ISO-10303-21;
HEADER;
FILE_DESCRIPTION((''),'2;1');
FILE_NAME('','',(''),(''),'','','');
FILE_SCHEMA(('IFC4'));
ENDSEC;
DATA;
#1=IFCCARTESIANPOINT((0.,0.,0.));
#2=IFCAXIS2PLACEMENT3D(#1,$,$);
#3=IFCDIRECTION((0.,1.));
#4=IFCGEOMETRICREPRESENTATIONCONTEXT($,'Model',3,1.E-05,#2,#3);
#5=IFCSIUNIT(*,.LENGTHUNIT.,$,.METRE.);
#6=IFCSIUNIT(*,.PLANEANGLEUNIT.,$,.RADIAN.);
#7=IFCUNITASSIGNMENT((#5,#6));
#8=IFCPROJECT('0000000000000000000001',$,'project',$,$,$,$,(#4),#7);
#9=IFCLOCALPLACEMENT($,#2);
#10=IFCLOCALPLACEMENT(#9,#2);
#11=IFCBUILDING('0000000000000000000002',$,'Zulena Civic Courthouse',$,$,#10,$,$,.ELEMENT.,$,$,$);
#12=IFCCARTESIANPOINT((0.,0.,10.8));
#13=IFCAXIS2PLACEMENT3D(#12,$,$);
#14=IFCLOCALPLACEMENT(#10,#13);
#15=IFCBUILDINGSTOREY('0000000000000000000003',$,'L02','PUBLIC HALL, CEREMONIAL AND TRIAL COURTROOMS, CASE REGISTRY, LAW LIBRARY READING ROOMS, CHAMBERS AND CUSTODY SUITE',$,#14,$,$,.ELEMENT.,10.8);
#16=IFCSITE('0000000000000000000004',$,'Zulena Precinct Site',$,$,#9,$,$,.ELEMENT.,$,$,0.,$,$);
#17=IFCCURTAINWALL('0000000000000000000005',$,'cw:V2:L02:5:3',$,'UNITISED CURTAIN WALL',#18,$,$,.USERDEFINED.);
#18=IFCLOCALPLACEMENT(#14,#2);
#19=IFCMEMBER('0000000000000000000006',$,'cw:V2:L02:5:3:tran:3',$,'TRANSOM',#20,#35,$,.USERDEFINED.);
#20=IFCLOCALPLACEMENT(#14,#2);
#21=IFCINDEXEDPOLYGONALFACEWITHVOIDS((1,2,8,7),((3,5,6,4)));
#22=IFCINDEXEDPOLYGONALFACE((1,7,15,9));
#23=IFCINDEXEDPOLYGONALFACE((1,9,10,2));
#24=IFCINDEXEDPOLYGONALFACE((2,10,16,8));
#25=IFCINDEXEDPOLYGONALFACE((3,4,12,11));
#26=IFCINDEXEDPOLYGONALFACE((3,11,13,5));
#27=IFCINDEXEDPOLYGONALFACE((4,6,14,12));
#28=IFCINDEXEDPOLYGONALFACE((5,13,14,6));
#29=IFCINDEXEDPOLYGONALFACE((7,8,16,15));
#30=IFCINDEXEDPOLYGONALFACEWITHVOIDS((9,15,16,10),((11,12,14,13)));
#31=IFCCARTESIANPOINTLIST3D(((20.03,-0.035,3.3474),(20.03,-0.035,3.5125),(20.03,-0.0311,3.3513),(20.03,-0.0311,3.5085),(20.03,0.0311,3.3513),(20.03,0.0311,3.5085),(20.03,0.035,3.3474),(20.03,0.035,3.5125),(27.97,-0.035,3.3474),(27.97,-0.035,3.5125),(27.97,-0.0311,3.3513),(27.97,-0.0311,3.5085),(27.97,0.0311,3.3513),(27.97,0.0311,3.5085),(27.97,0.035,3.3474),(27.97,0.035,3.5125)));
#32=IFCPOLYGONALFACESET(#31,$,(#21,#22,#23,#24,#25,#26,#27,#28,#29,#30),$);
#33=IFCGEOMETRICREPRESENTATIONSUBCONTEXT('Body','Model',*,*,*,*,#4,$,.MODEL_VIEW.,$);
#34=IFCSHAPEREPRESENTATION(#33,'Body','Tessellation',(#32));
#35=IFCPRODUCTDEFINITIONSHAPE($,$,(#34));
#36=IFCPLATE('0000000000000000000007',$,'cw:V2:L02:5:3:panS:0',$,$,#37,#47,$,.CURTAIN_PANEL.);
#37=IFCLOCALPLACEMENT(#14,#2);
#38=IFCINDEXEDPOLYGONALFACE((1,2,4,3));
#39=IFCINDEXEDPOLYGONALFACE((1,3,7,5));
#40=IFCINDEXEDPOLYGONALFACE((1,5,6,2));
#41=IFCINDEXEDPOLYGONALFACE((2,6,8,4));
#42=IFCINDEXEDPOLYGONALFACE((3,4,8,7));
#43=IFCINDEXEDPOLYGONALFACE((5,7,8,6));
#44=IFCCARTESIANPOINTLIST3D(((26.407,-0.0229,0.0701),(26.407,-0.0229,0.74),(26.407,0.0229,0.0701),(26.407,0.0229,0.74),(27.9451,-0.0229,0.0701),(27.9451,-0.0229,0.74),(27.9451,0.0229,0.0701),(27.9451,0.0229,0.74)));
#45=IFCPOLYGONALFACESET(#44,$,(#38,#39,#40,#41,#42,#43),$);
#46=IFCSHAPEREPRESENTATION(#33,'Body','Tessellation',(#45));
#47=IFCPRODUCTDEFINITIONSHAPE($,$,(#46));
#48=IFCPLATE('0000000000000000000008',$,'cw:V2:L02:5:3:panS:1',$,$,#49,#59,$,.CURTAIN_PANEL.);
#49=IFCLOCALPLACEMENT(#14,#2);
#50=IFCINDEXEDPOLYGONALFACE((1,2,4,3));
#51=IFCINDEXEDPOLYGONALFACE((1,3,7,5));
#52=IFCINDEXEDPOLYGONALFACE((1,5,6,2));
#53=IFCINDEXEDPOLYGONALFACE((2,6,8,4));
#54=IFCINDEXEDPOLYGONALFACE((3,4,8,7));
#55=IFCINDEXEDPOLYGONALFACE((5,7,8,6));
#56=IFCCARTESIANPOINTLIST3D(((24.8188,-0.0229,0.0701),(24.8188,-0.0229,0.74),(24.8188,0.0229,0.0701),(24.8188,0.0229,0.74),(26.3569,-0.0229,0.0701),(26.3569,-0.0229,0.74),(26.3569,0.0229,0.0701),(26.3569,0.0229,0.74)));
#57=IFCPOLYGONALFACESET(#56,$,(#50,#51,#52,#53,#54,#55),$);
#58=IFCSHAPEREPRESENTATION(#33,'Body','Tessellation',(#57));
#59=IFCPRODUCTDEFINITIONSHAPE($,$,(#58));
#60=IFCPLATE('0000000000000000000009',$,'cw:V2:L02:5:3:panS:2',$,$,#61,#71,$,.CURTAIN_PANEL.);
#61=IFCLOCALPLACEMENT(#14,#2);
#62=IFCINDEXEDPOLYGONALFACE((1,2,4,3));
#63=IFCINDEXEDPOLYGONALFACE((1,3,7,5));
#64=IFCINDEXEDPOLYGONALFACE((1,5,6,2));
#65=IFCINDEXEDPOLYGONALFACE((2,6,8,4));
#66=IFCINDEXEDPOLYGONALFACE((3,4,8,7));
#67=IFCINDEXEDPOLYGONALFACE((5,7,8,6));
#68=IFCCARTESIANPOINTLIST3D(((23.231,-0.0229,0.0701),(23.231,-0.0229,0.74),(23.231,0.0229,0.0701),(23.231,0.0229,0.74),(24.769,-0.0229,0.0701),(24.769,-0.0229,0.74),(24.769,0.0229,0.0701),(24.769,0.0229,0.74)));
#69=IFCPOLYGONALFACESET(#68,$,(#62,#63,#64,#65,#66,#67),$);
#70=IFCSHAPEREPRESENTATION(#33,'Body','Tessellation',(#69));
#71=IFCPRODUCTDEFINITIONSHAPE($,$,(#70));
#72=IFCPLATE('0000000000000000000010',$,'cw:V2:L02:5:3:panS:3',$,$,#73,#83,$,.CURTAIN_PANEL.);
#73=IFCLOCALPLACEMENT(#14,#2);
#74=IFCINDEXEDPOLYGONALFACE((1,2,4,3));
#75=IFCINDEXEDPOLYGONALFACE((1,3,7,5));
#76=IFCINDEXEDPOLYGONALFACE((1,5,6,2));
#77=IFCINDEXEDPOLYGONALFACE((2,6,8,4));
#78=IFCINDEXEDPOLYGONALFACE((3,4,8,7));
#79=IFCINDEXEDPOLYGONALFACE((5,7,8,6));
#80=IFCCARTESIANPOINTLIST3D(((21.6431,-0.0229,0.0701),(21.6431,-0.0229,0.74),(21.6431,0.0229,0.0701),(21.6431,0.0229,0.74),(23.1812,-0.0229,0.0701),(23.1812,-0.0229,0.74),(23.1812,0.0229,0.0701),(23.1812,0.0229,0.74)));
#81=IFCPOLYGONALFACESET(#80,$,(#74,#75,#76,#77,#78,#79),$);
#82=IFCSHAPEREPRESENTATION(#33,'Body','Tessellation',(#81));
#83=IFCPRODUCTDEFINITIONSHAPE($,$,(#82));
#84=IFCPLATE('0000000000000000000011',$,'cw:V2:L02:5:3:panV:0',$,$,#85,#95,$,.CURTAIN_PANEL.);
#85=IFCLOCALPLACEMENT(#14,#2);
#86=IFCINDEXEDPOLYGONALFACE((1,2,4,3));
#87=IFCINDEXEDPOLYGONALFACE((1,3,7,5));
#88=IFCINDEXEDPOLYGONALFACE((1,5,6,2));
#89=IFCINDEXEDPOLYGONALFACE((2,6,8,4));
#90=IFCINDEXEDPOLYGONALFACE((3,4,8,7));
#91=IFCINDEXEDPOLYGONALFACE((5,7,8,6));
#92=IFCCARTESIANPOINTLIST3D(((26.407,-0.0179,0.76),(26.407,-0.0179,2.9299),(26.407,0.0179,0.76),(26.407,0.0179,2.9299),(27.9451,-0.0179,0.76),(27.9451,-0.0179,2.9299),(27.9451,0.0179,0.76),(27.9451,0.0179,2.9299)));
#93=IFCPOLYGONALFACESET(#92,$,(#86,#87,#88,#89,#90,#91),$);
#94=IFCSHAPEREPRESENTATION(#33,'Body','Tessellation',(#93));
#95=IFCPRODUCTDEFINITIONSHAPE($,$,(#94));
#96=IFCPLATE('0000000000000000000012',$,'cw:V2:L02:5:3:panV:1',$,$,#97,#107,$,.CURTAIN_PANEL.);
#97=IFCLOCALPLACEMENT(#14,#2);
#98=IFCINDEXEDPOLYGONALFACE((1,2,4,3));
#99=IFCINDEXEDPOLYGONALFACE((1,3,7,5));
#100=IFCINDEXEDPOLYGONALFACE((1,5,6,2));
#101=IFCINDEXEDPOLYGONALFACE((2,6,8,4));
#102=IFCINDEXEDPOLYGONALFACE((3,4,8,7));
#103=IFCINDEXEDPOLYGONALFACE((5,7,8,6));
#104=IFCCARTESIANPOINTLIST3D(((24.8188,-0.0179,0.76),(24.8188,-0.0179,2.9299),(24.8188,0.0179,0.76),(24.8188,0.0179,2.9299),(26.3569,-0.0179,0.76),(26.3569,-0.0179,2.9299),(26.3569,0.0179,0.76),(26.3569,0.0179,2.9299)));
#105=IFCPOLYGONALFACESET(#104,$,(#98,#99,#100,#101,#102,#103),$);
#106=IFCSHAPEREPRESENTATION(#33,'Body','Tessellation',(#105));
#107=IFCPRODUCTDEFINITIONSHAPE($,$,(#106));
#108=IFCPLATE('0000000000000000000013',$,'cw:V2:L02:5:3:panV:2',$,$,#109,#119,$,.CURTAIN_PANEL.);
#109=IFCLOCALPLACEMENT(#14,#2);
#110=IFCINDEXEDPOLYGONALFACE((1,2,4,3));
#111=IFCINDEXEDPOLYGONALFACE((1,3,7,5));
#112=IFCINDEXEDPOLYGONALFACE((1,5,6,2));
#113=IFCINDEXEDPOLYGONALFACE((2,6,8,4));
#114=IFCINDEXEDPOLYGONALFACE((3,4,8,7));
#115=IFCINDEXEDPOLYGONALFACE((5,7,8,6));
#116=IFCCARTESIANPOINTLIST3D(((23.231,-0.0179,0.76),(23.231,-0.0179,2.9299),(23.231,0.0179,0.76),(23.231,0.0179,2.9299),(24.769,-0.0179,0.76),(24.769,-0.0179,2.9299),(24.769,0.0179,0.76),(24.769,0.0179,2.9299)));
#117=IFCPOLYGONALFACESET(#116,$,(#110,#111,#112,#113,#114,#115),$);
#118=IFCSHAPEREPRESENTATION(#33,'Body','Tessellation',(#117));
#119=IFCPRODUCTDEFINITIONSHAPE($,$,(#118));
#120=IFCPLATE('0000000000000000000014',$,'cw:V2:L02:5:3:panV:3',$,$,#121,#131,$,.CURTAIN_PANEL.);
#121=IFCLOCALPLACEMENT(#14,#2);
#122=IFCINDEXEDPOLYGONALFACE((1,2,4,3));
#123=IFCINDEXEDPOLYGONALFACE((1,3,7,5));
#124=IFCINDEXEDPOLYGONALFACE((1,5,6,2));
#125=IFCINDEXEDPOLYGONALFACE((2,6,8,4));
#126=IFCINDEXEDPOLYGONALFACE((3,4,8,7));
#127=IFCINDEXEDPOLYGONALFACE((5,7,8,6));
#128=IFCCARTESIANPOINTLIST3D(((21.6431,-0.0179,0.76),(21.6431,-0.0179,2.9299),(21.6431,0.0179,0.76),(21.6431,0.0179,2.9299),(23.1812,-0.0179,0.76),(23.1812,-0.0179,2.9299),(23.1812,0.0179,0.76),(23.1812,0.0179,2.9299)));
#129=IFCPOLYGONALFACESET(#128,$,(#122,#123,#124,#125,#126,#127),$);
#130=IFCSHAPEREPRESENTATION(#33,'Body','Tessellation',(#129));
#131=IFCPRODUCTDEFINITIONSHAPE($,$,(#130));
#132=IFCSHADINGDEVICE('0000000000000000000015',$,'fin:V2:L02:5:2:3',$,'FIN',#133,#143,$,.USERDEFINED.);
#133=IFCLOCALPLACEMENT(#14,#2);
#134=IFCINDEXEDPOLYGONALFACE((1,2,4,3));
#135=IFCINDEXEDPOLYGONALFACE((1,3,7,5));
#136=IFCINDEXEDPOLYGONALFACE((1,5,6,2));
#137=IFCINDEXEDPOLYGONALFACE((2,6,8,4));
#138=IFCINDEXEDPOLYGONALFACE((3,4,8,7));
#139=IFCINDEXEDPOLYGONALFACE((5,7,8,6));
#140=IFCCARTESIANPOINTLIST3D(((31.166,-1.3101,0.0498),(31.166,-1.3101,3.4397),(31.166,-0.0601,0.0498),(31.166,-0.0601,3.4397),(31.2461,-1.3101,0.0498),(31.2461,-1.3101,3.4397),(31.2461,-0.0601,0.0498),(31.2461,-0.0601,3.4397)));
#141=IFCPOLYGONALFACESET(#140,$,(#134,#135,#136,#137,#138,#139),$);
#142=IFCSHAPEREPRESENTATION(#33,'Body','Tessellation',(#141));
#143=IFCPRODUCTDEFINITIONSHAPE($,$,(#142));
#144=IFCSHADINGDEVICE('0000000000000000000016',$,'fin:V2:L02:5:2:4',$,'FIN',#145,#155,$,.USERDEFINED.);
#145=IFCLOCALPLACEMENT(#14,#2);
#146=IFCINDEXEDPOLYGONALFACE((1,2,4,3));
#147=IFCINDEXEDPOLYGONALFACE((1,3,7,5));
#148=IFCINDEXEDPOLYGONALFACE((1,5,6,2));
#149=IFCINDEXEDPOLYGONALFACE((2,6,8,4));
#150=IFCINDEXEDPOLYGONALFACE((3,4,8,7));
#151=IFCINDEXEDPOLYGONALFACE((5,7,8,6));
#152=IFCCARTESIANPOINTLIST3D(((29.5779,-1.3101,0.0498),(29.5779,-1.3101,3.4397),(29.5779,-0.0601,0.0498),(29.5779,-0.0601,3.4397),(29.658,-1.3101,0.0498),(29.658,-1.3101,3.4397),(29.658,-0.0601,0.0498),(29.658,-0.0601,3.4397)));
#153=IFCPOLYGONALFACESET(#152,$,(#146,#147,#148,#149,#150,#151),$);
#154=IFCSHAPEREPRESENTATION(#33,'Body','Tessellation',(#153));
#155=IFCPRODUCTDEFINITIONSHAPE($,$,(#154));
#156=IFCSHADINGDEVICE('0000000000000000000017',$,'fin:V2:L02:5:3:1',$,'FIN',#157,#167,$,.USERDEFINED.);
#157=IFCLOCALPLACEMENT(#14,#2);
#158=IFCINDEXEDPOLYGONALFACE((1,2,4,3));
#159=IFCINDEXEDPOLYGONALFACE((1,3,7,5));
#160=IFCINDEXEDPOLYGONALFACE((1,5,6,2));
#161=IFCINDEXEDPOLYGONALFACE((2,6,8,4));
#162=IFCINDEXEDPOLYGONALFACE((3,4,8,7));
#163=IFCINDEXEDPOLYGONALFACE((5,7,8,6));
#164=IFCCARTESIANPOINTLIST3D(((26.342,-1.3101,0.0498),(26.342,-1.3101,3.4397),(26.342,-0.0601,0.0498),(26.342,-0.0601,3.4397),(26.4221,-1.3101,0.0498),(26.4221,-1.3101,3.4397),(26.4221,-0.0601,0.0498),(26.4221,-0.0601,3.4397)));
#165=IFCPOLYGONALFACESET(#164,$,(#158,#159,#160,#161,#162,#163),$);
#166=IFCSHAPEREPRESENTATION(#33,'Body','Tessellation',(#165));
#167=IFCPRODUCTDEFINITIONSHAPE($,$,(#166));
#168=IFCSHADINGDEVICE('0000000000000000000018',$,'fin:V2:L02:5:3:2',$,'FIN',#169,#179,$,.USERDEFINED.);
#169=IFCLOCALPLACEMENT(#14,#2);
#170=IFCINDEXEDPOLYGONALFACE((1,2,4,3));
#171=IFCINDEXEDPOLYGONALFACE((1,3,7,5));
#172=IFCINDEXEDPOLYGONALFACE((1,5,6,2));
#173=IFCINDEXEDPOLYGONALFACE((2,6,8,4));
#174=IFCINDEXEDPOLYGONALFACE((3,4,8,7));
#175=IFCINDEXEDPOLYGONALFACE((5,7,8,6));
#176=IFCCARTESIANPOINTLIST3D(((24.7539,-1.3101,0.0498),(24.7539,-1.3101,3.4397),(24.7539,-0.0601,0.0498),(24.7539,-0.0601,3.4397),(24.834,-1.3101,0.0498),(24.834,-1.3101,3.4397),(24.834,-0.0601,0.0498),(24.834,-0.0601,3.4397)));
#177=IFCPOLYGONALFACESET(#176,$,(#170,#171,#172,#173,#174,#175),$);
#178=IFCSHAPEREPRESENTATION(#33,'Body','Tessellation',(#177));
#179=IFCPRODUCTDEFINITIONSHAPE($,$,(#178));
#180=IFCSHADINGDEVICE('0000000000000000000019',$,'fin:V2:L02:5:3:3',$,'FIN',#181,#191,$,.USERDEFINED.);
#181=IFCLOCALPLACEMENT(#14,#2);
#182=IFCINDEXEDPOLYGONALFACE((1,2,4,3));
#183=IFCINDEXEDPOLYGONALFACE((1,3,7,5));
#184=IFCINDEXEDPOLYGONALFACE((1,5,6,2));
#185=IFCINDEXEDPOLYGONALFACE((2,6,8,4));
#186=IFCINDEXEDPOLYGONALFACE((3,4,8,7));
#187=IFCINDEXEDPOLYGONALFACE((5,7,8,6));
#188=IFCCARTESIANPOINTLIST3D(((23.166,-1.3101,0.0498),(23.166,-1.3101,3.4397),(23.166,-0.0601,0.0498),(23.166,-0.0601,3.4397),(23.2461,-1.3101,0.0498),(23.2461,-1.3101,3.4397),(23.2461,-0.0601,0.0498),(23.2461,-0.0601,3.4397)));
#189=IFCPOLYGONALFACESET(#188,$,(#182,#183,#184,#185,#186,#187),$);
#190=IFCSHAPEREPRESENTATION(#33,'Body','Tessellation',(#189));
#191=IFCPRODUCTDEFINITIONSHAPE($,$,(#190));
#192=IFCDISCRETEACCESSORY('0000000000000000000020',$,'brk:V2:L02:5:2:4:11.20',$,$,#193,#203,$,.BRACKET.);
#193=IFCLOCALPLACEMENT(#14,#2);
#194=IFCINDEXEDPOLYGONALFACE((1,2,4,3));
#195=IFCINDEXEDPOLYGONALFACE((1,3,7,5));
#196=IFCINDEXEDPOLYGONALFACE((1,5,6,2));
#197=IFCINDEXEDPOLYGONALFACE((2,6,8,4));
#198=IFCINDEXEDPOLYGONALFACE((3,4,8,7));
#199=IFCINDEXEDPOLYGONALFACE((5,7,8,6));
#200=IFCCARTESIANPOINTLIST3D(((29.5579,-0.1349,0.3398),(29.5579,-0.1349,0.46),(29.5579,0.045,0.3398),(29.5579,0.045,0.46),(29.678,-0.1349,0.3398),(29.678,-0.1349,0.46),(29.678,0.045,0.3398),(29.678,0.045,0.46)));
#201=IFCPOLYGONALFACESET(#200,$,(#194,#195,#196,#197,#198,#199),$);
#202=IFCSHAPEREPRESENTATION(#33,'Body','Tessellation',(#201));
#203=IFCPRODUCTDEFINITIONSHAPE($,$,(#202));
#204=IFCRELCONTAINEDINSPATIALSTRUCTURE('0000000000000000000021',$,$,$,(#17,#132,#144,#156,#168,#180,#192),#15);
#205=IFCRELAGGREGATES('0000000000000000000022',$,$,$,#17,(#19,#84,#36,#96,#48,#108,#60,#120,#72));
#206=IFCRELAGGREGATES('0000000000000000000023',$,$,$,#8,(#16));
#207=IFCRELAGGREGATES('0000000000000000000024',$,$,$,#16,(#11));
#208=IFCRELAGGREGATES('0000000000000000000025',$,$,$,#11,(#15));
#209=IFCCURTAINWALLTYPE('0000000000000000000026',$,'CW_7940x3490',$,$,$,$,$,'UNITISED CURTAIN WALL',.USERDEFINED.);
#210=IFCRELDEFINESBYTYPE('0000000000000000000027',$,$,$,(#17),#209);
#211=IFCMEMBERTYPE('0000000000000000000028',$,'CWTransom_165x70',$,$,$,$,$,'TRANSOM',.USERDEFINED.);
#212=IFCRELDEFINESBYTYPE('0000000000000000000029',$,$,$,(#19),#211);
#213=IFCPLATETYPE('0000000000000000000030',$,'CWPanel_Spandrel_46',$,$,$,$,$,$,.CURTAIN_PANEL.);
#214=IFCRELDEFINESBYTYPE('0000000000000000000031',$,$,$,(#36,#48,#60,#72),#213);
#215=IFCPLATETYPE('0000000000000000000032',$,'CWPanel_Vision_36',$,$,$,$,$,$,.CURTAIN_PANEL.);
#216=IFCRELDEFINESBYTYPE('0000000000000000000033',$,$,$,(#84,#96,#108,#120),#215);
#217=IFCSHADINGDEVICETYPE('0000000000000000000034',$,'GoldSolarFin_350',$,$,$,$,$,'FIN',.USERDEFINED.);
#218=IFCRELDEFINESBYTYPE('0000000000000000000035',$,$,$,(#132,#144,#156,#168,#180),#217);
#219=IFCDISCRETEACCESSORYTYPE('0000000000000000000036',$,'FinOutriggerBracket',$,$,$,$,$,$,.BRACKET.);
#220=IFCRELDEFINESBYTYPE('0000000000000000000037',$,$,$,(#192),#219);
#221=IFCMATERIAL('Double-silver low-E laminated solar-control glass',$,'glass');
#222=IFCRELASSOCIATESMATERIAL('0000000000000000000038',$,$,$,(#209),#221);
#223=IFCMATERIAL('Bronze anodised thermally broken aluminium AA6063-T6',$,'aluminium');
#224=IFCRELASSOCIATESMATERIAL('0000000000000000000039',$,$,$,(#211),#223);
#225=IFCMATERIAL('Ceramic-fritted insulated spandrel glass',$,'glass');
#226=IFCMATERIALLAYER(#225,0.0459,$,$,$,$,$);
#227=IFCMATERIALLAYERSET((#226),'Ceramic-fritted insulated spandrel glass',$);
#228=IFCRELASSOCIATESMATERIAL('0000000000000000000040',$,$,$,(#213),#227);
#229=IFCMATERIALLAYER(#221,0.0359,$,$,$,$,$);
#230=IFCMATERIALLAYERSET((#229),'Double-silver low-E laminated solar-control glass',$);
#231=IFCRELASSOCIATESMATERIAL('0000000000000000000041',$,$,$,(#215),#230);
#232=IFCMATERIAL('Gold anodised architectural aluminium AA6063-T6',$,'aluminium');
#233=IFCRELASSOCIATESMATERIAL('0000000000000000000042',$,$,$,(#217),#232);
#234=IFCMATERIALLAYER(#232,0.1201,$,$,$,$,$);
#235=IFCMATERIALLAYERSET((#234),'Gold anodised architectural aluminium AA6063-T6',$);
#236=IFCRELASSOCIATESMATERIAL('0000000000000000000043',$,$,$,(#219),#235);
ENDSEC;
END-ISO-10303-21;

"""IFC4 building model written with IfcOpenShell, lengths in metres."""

from ifc_helpers import new_model, si_unit, direction, frame, origin, origin_2d, place, context, subcontext, project, spatial, rectangle, hollow_rectangle, extrude, material, layer, layer_set, material_profile, profile_set, type_object, element, aggregate, save


model = new_model("IFC4")

# Units and contexts
model_context = context("Model", 3, precision=1e-05, world=origin(), true_north=direction((0.0, 1.0)))
body_context = subcontext(model_context, "Body", "Model", "MODEL_VIEW")
ifc_project = project(units=[si_unit("LENGTHUNIT", "METRE"), si_unit("PLANEANGLEUNIT", "RADIAN")], contexts=[model_context])

# Site, building, storey
site_placement = place(None, origin())
site = spatial("IfcSite", under=ifc_project, at=site_placement, Name="Zulena Precinct Site", CompositionType="ELEMENT", RefElevation=0.0)
building_placement = place(site_placement, origin())
building = spatial("IfcBuilding", under=site, at=building_placement, Name="Zulena Civic Courthouse", CompositionType="ELEMENT")
storey_placement = place(building_placement, frame((0.0, 0.0, 10.8)))
storey = spatial("IfcBuildingStorey", under=building, at=storey_placement, Name="L02", Description="PUBLIC HALL, CEREMONIAL AND TRIAL COURTROOMS, CASE REGISTRY, LAW LIBRARY READING ROOMS, CHAMBERS AND CUSTODY SUITE", CompositionType="ELEMENT", Elevation=10.8)

# Curtain wall, member, plates
ifc_material_1 = material(Name="Double-silver low-E laminated solar-control glass", Category="glass")
curtain_wall_type = type_object("IfcCurtainWallType", Name="CW_7940x3490", ElementType="UNITISED CURTAIN WALL", PredefinedType="USERDEFINED", material=ifc_material_1)
curtain_wall_placement = place(storey_placement, origin())
curtain_wall = element("IfcCurtainWall", 1, at=curtain_wall_placement, inside=storey, type_object=curtain_wall_type, Name="cw:V2:L02:5:3", ObjectType="UNITISED CURTAIN WALL", PredefinedType="USERDEFINED")
ifc_material_2 = material(Name="Bronze anodised thermally broken aluminium AA6063-T6", Category="aluminium")
ifc_material_profile_1 = material_profile(ifc_material_2, hollow_rectangle(XDim=0.0701, YDim=0.165, WallThickness=0.0039, at=origin_2d()), Name="CWT165X70X4")
ifc_profile_set_1 = profile_set([ifc_material_profile_1], Name="Bronze anodised thermally broken aluminium AA6063-T6")
member_type_1 = type_object("IfcMemberType", Name="CWTransom_165x70", ElementType="TRANSOM", PredefinedType="USERDEFINED", material=ifc_profile_set_1)
member_1_placement = place(storey_placement, frame((27.97, 0.0, 3.4299), z_axis=(-1.0, 0.0, 0.0), x_axis=(0.0, -1.0, 0.0)))
member_1 = element("IfcMember", 2, at=member_1_placement, type_object=member_type_1, Name="cw:V2:L02:5:3:tran:3", ObjectType="TRANSOM", PredefinedType="USERDEFINED", context=body_context, shape_type="SweptSolid", body=[
    extrude(hollow_rectangle(XDim=0.0701, YDim=0.165, WallThickness=0.0039, at=origin_2d()), origin(), (0.0, 0.0, 1.0), 7.9399),
])
ifc_material_3 = material(Name="Ceramic-fritted insulated spandrel glass", Category="glass")
ifc_layer_1 = layer(ifc_material_3, 0.0459)
ifc_layer_set_1 = layer_set([ifc_layer_1], Name="Ceramic-fritted insulated spandrel glass")
plate_type_1 = type_object("IfcPlateType", Name="CWPanel_Spandrel_46", PredefinedType="CURTAIN_PANEL", material=ifc_layer_set_1)
plate_1_placement = place(storey_placement, frame((27.176, 0.0, 0.0701), z_axis=(0.0, 0.0, 1.0), x_axis=(-1.0, 0.0, 0.0)))
plate_1 = element("IfcPlate", 3, at=plate_1_placement, type_object=plate_type_1, Name="cw:V2:L02:5:3:panS:0", PredefinedType="CURTAIN_PANEL", context=body_context, shape_type="SweptSolid", body=[
    extrude(rectangle(XDim=1.5381, YDim=0.0459, at=origin_2d()), origin(), (0.0, 0.0, 1.0), 0.6699),
])
plate_2_placement = place(storey_placement, frame((25.5879, 0.0, 0.0701), z_axis=(0.0, 0.0, 1.0), x_axis=(-1.0, 0.0, 0.0)))
plate_2 = element("IfcPlate", 4, at=plate_2_placement, type_object=plate_type_1, Name="cw:V2:L02:5:3:panS:1", PredefinedType="CURTAIN_PANEL", context=body_context, shape_type="SweptSolid", body=[
    extrude(rectangle(XDim=1.5381, YDim=0.0459, at=origin_2d()), origin(), (0.0, 0.0, 1.0), 0.6699),
])
plate_3_placement = place(storey_placement, frame((24.0, 0.0, 0.0701), z_axis=(0.0, 0.0, 1.0), x_axis=(-1.0, 0.0, 0.0)))
plate_3 = element("IfcPlate", 5, at=plate_3_placement, type_object=plate_type_1, Name="cw:V2:L02:5:3:panS:2", PredefinedType="CURTAIN_PANEL", context=body_context, shape_type="SweptSolid", body=[
    extrude(rectangle(XDim=1.5381, YDim=0.0459, at=origin_2d()), origin(), (0.0, 0.0, 1.0), 0.6699),
])
plate_4_placement = place(storey_placement, frame((22.4121, 0.0, 0.0701), z_axis=(0.0, 0.0, 1.0), x_axis=(-1.0, 0.0, 0.0)))
plate_4 = element("IfcPlate", 6, at=plate_4_placement, type_object=plate_type_1, Name="cw:V2:L02:5:3:panS:3", PredefinedType="CURTAIN_PANEL", context=body_context, shape_type="SweptSolid", body=[
    extrude(rectangle(XDim=1.5381, YDim=0.0459, at=origin_2d()), origin(), (0.0, 0.0, 1.0), 0.6699),
])
ifc_layer_2 = layer(ifc_material_1, 0.0359)
ifc_layer_set_2 = layer_set([ifc_layer_2], Name="Double-silver low-E laminated solar-control glass")
plate_type_2 = type_object("IfcPlateType", Name="CWPanel_Vision_36", PredefinedType="CURTAIN_PANEL", material=ifc_layer_set_2)
plate_5_placement = place(storey_placement, frame((27.176, 0.0, 0.76), z_axis=(0.0, 0.0, 1.0), x_axis=(-1.0, 0.0, 0.0)))
plate_5 = element("IfcPlate", 7, at=plate_5_placement, type_object=plate_type_2, Name="cw:V2:L02:5:3:panV:0", PredefinedType="CURTAIN_PANEL", context=body_context, shape_type="SweptSolid", body=[
    extrude(rectangle(XDim=1.5381, YDim=0.0359, at=origin_2d()), origin(), (0.0, 0.0, 1.0), 2.1699),
])
plate_6_placement = place(storey_placement, frame((25.5879, 0.0, 0.76), z_axis=(0.0, 0.0, 1.0), x_axis=(-1.0, 0.0, 0.0)))
plate_6 = element("IfcPlate", 8, at=plate_6_placement, type_object=plate_type_2, Name="cw:V2:L02:5:3:panV:1", PredefinedType="CURTAIN_PANEL", context=body_context, shape_type="SweptSolid", body=[
    extrude(rectangle(XDim=1.5381, YDim=0.0359, at=origin_2d()), origin(), (0.0, 0.0, 1.0), 2.1699),
])
plate_7_placement = place(storey_placement, frame((24.0, 0.0, 0.76), z_axis=(0.0, 0.0, 1.0), x_axis=(-1.0, 0.0, 0.0)))
plate_7 = element("IfcPlate", 9, at=plate_7_placement, type_object=plate_type_2, Name="cw:V2:L02:5:3:panV:2", PredefinedType="CURTAIN_PANEL", context=body_context, shape_type="SweptSolid", body=[
    extrude(rectangle(XDim=1.5381, YDim=0.0359, at=origin_2d()), origin(), (0.0, 0.0, 1.0), 2.1699),
])
plate_8_placement = place(storey_placement, frame((22.4121, 0.0, 0.76), z_axis=(0.0, 0.0, 1.0), x_axis=(-1.0, 0.0, 0.0)))
plate_8 = element("IfcPlate", 10, at=plate_8_placement, type_object=plate_type_2, Name="cw:V2:L02:5:3:panV:3", PredefinedType="CURTAIN_PANEL", context=body_context, shape_type="SweptSolid", body=[
    extrude(rectangle(XDim=1.5381, YDim=0.0359, at=origin_2d()), origin(), (0.0, 0.0, 1.0), 2.1699),
])
aggregate(curtain_wall, [member_1, plate_5, plate_1, plate_6, plate_2, plate_7, plate_3, plate_8, plate_4])

# Shading devices
ifc_material_4 = material(Name="Gold anodised architectural aluminium AA6063-T6", Category="aluminium")
shading_device_type = type_object("IfcShadingDeviceType", Name="GoldSolarFin_350", ElementType="FIN", PredefinedType="USERDEFINED", material=ifc_material_4)
for number, where, z_axis, x_axis, name in (
    (11, (31.2061, -0.6851, 0.0498), (0.0, 0.0, 1.0), (0.0, -1.0, 0.0), "fin:V2:L02:5:2:3"),
    (12, (29.6179, -0.6851, 0.0498), (0.0, 0.0, 1.0), (0.0, -1.0, 0.0), "fin:V2:L02:5:2:4"),
    (13, (26.3821, -0.6851, 0.0498), (0.0, 0.0, 1.0), (0.0, -1.0, 0.0), "fin:V2:L02:5:3:1"),
    (14, (24.7939, -0.6851, 0.0498), (0.0, 0.0, 1.0), (0.0, -1.0, 0.0), "fin:V2:L02:5:3:2"),
    (15, (23.2061, -0.6851, 0.0498), (0.0, 0.0, 1.0), (0.0, -1.0, 0.0), "fin:V2:L02:5:3:3"),
):
    element("IfcShadingDevice", number, at=place(storey_placement, frame(where, z_axis=z_axis, x_axis=x_axis)), inside=storey, type_object=shading_device_type, Name=name, ObjectType="FIN", PredefinedType="USERDEFINED", context=body_context, shape_type="SweptSolid", body=[
        extrude(rectangle(XDim=1.25, YDim=0.0801, at=origin_2d()), origin(), (0.0, 0.0, 1.0), 3.3899),
    ])

# Discrete accessory
ifc_layer_3 = layer(ifc_material_4, 0.1201)
ifc_layer_set_3 = layer_set([ifc_layer_3], Name="Gold anodised architectural aluminium AA6063-T6")
discrete_accessory_type = type_object("IfcDiscreteAccessoryType", Name="FinOutriggerBracket", PredefinedType="BRACKET", material=ifc_layer_set_3)
for number, where, z_axis, x_axis, name in (
    (16, (29.6179, -0.0449, 0.3398), (0.0, 0.0, 1.0), (0.0, -1.0, 0.0), "brk:V2:L02:5:2:4:11.20"),
):
    element("IfcDiscreteAccessory", number, at=place(storey_placement, frame(where, z_axis=z_axis, x_axis=x_axis)), inside=storey, type_object=discrete_accessory_type, Name=name, PredefinedType="BRACKET", context=body_context, shape_type="SweptSolid", body=[
        extrude(rectangle(XDim=0.1799, YDim=0.1201, at=origin_2d()), origin(), (0.0, 0.0, 1.0), 0.1201),
    ])

save(model, "model.ifc")
